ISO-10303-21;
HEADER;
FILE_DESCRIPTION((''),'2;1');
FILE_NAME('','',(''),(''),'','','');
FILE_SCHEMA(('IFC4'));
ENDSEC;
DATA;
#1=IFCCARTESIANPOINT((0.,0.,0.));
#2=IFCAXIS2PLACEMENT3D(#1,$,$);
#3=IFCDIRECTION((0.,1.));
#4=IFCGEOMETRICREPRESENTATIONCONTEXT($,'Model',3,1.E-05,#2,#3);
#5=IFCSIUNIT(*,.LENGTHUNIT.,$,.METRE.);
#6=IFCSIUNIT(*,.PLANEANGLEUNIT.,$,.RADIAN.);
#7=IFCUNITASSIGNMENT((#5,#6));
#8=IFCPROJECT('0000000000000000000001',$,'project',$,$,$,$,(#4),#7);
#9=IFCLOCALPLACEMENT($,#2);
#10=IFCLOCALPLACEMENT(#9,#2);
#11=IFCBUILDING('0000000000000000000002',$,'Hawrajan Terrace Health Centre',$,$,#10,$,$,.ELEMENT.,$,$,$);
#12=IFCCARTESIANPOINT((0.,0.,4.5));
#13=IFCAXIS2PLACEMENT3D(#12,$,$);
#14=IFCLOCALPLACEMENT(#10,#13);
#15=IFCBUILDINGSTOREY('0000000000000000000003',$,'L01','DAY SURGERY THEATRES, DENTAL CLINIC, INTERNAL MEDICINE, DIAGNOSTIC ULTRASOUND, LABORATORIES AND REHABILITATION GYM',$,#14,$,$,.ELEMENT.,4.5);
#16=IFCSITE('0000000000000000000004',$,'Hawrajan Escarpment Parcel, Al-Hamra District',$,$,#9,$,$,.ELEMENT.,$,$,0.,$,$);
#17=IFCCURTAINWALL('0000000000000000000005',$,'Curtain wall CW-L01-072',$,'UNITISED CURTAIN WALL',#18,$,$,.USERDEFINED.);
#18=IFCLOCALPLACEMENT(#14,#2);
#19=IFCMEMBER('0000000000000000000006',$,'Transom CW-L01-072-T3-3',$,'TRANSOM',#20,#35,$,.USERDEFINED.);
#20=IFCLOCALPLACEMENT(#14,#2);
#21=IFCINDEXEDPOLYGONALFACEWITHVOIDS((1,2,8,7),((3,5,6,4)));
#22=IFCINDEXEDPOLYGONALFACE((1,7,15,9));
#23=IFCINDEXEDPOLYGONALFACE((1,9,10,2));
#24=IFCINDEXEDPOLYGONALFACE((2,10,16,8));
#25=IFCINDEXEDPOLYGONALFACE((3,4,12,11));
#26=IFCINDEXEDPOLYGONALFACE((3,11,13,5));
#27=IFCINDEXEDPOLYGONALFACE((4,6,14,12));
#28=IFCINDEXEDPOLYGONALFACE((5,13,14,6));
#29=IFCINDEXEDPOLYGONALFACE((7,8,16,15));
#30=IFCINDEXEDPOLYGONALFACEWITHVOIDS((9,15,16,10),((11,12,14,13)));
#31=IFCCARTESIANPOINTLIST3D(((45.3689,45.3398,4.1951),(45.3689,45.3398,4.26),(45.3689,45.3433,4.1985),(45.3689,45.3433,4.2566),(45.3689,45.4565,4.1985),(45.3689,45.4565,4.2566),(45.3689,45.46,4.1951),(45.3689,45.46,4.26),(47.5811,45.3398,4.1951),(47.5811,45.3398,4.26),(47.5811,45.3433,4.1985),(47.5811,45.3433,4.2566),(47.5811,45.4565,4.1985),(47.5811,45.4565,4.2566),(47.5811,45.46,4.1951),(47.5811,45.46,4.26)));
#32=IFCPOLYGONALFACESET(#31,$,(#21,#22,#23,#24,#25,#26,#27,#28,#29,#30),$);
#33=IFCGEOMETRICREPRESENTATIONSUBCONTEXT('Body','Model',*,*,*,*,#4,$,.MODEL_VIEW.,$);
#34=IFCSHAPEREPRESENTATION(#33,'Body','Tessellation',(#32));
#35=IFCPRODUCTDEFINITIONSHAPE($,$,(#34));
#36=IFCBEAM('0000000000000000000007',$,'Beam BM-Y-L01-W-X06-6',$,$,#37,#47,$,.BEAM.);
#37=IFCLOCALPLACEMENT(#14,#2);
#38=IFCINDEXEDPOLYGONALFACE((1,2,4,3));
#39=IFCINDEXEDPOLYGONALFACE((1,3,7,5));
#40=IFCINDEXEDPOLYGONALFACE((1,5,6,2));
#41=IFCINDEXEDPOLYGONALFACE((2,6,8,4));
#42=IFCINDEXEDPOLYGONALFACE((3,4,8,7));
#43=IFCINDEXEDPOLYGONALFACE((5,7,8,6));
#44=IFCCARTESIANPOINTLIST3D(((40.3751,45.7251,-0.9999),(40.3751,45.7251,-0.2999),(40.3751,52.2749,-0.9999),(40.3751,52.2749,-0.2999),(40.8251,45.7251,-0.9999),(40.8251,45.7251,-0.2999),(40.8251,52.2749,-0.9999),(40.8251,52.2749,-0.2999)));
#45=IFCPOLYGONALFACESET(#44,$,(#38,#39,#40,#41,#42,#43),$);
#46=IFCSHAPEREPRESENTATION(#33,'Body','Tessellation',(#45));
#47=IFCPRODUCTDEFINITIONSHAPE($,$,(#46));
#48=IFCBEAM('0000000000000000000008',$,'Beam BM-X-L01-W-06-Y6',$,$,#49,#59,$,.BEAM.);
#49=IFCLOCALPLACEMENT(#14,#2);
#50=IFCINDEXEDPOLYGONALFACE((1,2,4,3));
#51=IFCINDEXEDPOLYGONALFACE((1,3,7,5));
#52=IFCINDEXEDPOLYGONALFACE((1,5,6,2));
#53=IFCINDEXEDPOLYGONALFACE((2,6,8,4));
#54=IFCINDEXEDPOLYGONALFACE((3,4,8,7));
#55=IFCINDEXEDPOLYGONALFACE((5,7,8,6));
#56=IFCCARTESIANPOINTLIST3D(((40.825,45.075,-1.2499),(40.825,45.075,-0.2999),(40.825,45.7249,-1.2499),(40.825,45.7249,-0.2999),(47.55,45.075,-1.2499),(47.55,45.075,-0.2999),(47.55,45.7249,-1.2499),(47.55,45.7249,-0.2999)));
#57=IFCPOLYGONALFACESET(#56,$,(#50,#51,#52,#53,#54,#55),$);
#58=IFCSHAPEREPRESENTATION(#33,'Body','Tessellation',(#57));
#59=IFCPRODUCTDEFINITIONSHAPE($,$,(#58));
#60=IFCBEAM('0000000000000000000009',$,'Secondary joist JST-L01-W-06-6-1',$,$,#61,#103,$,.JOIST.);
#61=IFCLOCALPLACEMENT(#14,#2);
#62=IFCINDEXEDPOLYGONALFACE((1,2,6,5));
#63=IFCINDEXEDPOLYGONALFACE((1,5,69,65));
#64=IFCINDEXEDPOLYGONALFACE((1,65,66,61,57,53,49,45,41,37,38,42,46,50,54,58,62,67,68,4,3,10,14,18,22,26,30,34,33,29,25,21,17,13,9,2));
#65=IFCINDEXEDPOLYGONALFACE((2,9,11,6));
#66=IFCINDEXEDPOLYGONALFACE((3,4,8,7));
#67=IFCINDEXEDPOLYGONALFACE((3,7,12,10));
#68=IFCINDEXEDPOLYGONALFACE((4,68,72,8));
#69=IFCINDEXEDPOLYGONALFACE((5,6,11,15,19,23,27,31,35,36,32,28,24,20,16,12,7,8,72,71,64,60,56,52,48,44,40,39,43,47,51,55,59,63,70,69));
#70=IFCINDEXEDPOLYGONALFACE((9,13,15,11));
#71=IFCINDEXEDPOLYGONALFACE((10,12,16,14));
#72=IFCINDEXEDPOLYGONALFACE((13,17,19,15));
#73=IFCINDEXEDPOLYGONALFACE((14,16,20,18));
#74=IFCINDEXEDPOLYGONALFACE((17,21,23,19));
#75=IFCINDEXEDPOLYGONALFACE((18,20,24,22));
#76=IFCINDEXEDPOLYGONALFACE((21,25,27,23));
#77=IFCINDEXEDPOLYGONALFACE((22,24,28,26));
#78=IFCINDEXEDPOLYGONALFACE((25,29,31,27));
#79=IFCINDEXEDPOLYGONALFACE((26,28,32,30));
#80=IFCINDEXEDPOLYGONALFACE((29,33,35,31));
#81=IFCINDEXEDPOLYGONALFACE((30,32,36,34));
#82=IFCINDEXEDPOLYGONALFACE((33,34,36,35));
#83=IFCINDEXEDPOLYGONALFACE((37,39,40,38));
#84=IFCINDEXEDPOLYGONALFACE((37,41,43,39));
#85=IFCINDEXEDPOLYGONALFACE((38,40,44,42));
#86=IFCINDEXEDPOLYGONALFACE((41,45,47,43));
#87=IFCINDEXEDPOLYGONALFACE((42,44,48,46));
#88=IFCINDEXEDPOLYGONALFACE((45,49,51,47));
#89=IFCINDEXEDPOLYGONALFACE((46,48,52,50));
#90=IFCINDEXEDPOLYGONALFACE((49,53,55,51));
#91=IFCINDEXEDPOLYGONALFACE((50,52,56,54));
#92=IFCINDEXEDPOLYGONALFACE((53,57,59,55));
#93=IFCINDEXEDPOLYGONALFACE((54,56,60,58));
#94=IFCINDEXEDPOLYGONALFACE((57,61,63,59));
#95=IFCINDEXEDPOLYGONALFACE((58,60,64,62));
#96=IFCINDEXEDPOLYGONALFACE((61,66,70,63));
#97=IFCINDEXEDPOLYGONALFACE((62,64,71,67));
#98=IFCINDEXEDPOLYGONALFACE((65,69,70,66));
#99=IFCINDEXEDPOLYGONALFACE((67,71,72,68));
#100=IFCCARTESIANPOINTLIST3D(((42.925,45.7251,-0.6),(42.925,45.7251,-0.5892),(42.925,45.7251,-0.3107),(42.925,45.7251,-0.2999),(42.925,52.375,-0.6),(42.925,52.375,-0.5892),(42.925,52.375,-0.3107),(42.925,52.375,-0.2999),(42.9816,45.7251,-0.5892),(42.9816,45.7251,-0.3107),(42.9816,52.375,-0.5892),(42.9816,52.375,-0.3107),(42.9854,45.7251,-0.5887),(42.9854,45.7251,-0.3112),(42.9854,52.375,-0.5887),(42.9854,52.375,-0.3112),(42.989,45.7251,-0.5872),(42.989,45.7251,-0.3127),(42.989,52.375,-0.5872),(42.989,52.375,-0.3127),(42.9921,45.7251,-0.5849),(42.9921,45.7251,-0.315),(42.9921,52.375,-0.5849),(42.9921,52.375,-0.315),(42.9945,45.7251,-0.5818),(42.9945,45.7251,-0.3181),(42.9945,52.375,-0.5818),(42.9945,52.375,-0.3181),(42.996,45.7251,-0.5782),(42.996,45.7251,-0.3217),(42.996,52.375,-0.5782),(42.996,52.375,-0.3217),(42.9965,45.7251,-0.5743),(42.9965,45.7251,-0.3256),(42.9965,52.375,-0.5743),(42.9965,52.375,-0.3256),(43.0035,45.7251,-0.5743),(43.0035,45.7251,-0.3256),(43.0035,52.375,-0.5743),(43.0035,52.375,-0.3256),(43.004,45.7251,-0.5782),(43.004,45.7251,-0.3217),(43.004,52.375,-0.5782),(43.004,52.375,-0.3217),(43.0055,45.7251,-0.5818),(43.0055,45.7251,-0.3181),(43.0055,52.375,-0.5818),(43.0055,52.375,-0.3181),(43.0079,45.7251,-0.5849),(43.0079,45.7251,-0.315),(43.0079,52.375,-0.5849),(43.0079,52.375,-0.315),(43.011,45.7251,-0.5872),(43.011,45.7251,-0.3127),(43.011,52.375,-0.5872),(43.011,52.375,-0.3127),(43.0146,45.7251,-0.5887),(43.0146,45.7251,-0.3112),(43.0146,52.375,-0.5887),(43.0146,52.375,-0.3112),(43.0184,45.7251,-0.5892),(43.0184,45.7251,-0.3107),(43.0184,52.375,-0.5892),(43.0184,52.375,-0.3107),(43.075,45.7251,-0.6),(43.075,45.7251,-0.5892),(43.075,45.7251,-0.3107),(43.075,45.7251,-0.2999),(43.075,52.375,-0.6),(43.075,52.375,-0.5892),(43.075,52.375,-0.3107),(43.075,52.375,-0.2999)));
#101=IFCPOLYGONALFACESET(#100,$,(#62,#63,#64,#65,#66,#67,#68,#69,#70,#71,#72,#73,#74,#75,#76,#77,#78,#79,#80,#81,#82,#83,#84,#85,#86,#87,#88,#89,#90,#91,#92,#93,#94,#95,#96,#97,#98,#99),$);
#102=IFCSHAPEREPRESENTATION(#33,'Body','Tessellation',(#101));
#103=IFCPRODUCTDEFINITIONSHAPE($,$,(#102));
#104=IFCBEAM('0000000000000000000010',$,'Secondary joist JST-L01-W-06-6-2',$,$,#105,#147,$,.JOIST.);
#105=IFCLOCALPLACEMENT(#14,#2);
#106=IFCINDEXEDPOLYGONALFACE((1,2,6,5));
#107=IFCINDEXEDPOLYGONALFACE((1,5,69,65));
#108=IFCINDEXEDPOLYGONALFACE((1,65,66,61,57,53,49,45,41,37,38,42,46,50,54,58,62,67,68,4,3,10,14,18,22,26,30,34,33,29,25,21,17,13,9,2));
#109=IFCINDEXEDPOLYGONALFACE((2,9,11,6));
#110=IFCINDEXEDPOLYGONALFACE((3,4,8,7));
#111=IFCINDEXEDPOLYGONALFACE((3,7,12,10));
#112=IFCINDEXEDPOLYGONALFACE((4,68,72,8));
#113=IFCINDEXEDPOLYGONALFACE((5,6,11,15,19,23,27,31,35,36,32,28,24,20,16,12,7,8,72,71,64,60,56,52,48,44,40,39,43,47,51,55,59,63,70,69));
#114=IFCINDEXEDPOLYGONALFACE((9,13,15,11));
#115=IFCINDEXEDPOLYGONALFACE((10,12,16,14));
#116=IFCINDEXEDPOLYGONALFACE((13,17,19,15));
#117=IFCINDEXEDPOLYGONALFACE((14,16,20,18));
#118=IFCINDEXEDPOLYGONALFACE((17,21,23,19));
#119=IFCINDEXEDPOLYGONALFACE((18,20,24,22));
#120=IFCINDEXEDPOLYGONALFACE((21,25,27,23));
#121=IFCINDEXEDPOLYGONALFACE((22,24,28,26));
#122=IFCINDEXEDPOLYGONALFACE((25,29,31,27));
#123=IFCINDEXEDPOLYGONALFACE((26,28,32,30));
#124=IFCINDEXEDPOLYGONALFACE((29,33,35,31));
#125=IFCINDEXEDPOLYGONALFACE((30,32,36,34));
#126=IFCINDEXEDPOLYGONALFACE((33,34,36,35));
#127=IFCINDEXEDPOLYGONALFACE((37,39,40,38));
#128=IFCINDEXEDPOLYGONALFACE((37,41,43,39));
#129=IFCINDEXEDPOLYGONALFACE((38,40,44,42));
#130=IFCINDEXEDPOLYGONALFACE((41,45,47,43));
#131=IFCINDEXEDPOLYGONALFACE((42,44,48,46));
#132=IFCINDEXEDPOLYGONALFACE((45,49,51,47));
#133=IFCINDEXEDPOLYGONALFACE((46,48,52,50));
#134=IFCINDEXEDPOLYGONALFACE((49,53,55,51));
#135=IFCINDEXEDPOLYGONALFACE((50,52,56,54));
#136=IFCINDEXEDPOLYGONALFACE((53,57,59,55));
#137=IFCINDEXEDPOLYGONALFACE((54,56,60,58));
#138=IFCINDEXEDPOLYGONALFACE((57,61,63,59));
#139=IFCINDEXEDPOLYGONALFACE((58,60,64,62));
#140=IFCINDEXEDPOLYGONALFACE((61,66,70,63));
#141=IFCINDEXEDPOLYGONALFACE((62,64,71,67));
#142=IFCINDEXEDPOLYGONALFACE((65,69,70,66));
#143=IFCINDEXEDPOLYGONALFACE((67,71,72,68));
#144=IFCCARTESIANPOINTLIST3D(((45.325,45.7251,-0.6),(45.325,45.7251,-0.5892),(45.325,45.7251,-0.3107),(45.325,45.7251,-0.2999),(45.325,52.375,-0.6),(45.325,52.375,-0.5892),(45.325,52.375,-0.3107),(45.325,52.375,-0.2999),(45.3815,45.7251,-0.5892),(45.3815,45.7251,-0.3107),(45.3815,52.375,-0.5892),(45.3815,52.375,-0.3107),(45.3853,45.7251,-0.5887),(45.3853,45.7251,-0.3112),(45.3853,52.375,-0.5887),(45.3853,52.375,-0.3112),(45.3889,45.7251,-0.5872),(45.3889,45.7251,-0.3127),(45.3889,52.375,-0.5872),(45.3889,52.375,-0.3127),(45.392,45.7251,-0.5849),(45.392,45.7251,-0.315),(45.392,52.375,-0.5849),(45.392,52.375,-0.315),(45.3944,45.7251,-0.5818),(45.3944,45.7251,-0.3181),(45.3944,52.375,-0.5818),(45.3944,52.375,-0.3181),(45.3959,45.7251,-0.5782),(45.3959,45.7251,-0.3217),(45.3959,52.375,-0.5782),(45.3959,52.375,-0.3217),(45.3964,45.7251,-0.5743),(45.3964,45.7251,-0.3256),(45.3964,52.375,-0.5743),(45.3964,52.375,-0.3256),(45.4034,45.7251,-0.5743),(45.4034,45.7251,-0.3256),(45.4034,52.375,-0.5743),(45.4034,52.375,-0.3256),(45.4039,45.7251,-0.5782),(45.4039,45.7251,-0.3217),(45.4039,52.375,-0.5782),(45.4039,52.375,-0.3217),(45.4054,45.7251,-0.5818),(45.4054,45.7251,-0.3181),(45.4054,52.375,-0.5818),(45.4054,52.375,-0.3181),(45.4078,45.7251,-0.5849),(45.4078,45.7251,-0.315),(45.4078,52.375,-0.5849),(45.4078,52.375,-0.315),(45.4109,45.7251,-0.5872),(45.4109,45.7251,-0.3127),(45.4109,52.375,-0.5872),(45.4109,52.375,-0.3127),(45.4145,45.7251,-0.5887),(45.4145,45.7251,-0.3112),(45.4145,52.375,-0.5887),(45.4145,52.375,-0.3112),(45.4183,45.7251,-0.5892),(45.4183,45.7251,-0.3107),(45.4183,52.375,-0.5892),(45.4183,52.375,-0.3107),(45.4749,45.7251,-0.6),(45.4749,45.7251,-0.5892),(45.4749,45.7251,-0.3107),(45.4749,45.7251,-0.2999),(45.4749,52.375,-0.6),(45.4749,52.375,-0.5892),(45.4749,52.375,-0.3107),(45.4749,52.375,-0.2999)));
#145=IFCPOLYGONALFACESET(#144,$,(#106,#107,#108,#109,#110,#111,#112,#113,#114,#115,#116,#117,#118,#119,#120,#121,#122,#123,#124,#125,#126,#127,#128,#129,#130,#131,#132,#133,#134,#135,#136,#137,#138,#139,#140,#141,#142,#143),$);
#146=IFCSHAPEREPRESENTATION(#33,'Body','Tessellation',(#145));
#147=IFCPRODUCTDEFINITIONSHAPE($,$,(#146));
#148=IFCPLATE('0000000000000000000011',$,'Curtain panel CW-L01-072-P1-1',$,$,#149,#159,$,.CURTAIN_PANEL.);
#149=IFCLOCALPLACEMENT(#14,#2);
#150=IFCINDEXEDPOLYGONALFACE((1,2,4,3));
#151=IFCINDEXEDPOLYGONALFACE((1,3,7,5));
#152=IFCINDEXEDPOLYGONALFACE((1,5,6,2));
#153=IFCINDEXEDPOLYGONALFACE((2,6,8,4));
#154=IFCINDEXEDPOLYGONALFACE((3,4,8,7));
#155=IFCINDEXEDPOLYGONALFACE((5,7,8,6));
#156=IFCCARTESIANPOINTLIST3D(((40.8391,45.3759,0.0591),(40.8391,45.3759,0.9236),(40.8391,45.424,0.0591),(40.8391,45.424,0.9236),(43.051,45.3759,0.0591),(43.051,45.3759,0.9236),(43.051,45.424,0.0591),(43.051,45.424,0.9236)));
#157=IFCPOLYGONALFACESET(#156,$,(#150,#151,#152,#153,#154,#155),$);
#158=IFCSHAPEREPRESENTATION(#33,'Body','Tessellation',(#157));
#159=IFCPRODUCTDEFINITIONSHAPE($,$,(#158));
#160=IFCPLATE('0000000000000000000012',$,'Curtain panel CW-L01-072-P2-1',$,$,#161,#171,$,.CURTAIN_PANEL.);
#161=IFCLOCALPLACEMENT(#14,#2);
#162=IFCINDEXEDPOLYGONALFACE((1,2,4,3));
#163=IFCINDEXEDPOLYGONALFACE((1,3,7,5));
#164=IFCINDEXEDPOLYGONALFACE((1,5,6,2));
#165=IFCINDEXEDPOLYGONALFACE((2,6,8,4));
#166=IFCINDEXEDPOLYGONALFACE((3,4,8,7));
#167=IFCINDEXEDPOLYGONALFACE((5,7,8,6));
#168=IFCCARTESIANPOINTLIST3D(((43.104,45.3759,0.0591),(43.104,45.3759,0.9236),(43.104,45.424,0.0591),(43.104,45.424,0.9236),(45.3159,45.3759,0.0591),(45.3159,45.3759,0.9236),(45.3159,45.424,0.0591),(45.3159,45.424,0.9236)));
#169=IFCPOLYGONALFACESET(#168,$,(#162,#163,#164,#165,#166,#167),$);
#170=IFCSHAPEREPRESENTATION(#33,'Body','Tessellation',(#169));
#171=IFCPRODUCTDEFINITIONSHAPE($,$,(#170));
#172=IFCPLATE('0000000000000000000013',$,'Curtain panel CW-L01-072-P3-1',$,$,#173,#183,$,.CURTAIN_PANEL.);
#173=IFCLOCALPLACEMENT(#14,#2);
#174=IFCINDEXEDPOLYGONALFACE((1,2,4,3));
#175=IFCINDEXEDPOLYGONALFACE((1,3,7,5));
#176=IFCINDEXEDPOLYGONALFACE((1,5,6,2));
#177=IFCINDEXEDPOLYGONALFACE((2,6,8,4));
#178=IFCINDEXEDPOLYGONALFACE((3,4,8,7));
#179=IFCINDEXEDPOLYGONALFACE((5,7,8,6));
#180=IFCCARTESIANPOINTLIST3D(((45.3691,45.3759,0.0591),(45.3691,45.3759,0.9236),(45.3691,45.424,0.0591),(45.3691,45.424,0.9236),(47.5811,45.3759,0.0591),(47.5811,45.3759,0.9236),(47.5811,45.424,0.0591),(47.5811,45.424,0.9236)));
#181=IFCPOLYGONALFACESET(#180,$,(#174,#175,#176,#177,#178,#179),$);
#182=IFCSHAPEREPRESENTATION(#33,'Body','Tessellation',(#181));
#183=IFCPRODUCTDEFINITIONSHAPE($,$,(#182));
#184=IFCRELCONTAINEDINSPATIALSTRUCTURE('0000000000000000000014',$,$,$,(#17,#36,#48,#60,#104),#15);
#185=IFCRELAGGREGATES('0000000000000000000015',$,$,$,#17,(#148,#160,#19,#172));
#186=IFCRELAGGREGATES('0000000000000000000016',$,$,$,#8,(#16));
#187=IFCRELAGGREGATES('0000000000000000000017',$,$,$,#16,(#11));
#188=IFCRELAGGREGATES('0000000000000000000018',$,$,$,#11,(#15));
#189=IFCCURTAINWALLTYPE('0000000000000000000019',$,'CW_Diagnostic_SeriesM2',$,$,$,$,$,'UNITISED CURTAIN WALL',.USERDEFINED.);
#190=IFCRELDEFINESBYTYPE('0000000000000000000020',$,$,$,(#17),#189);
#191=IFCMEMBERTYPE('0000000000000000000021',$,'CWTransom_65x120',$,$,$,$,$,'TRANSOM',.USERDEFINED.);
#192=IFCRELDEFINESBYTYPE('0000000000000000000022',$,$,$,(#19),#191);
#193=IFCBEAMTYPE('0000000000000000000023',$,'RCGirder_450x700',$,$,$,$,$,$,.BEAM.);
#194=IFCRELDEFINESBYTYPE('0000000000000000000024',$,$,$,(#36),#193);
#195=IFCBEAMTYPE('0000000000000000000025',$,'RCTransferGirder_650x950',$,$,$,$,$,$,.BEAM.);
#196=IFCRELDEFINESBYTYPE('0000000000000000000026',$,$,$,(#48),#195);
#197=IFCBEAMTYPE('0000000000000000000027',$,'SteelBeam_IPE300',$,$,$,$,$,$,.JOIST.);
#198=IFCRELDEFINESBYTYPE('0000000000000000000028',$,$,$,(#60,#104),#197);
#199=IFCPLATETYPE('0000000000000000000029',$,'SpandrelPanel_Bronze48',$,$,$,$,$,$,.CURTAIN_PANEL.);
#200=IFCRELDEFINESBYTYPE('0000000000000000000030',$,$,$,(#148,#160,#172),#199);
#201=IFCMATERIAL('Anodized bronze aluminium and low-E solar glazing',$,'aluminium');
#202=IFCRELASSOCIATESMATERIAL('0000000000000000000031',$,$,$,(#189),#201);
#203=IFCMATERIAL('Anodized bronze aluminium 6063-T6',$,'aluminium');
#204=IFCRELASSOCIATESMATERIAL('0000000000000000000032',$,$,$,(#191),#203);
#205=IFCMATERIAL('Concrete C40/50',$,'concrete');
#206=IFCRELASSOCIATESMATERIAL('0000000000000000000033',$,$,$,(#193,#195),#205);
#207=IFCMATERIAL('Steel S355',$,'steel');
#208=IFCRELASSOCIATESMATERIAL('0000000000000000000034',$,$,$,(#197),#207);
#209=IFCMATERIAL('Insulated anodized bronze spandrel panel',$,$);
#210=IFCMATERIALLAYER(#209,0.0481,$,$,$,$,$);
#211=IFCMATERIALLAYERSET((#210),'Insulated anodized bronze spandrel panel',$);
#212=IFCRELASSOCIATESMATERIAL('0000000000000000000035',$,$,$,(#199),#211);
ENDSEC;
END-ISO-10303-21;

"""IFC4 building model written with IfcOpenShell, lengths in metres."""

from ifc_helpers import new_model, si_unit, direction, frame, origin, origin_2d, place, context, subcontext, project, spatial, rectangle, hollow_rectangle, i_section, extrude, material, layer, layer_set, material_profile, profile_set, type_object, element, aggregate, save


model = new_model("IFC4")

# Units and contexts
model_context = context("Model", 3, precision=1e-05, world=origin(), true_north=direction((0.0, 1.0)))
body_context = subcontext(model_context, "Body", "Model", "MODEL_VIEW")
ifc_project = project(units=[si_unit("LENGTHUNIT", "METRE"), si_unit("PLANEANGLEUNIT", "RADIAN")], contexts=[model_context])

# Site, building, storey
site_placement = place(None, origin())
site = spatial("IfcSite", under=ifc_project, at=site_placement, Name="Hawrajan Escarpment Parcel, Al-Hamra District", CompositionType="ELEMENT", RefElevation=0.0)
building_placement = place(site_placement, origin())
building = spatial("IfcBuilding", under=site, at=building_placement, Name="Hawrajan Terrace Health Centre", CompositionType="ELEMENT")
storey_placement = place(building_placement, frame((0.0, 0.0, 4.5)))
storey = spatial("IfcBuildingStorey", under=building, at=storey_placement, Name="L01", Description="DAY SURGERY THEATRES, DENTAL CLINIC, INTERNAL MEDICINE, DIAGNOSTIC ULTRASOUND, LABORATORIES AND REHABILITATION GYM", CompositionType="ELEMENT", Elevation=4.5)

# Curtain wall, member
ifc_material_1 = material(Name="Anodized bronze aluminium and low-E solar glazing", Category="aluminium")
curtain_wall_type = type_object("IfcCurtainWallType", Name="CW_Diagnostic_SeriesM2", ElementType="UNITISED CURTAIN WALL", PredefinedType="USERDEFINED", material=ifc_material_1)
curtain_wall_placement = place(storey_placement, origin())
curtain_wall = element("IfcCurtainWall", 1, at=curtain_wall_placement, inside=storey, type_object=curtain_wall_type, Name="Curtain wall CW-L01-072", ObjectType="UNITISED CURTAIN WALL", PredefinedType="USERDEFINED")
ifc_material_2 = material(Name="Anodized bronze aluminium 6063-T6", Category="aluminium")
ifc_material_profile_1 = material_profile(ifc_material_2, hollow_rectangle(XDim=0.0649, YDim=0.1201, WallThickness=0.0034, at=origin_2d()), Name="CW TRN 65x120")
ifc_profile_set_1 = profile_set([ifc_material_profile_1], Name="Anodized bronze aluminium 6063-T6")
member_type_1 = type_object("IfcMemberType", Name="CWTransom_65x120", ElementType="TRANSOM", PredefinedType="USERDEFINED", material=ifc_profile_set_1)
member_1_placement = place(storey_placement, frame((45.3689, 45.3999, 4.2275), z_axis=(1.0, 0.0, 0.0), x_axis=(0.0, 0.0, 1.0)))
member_1 = element("IfcMember", 2, at=member_1_placement, type_object=member_type_1, Name="Transom CW-L01-072-T3-3", ObjectType="TRANSOM", PredefinedType="USERDEFINED", context=body_context, shape_type="SweptSolid", body=[
    extrude(hollow_rectangle(XDim=0.0649, YDim=0.1201, WallThickness=0.0034, at=origin_2d()), origin(), (0.0, 0.0, 1.0), 2.2122),
])

# Beams
ifc_material_3 = material(Name="Concrete C40/50", Category="concrete")
ifc_material_profile_2 = material_profile(ifc_material_3, rectangle(XDim=0.45, YDim=0.7, at=origin_2d()), Name="RC BM 450x700")
ifc_profile_set_2 = profile_set([ifc_material_profile_2], Name="Concrete C40/50")
beam_type_1 = type_object("IfcBeamType", Name="RCGirder_450x700", PredefinedType="BEAM", material=ifc_profile_set_2)
beam_1_placement = place(storey_placement, frame((40.6001, 45.7251, -0.6499), z_axis=(0.0, 1.0, 0.0), x_axis=(-1.0, 0.0, 0.0)))
element("IfcBeam", 3, at=beam_1_placement, inside=storey, type_object=beam_type_1, Name="Beam BM-Y-L01-W-X06-6", PredefinedType="BEAM", context=body_context, shape_type="SweptSolid", body=[
    extrude(rectangle(XDim=0.45, YDim=0.7, at=origin_2d()), origin(), (0.0, 0.0, 1.0), 6.5498),
])
ifc_material_profile_3 = material_profile(ifc_material_3, rectangle(XDim=0.6499, YDim=0.95, at=origin_2d()), Name="RC TG 650x950")
ifc_profile_set_3 = profile_set([ifc_material_profile_3], Name="Concrete C40/50")
beam_type_2 = type_object("IfcBeamType", Name="RCTransferGirder_650x950", PredefinedType="BEAM", material=ifc_profile_set_3)
beam_2_placement = place(storey_placement, frame((40.825, 45.3999, -0.7749), z_axis=(1.0, 0.0, 0.0), x_axis=(0.0, 1.0, 0.0)))
element("IfcBeam", 4, at=beam_2_placement, inside=storey, type_object=beam_type_2, Name="Beam BM-X-L01-W-06-Y6", PredefinedType="BEAM", context=body_context, shape_type="SweptSolid", body=[
    extrude(rectangle(XDim=0.6499, YDim=0.95, at=origin_2d()), origin(), (0.0, 0.0, 1.0), 6.7251),
])
ifc_material_4 = material(Name="Steel S355", Category="steel")
ifc_material_profile_4 = material_profile(ifc_material_4, i_section(OverallWidth=0.1499, OverallDepth=0.3, WebThickness=0.0071, FlangeThickness=0.0107, FilletRadius=0.0149, at=origin_2d()), Name="IPE 300")
ifc_profile_set_4 = profile_set([ifc_material_profile_4], Name="Steel S355")
beam_type_3 = type_object("IfcBeamType", Name="SteelBeam_IPE300", PredefinedType="JOIST", material=ifc_profile_set_4)
for number, where, z_axis, x_axis, name in (
    (5, (43.0, 45.7251, -0.45), (0.0, 1.0, 0.0), (-1.0, 0.0, 0.0), "Secondary joist JST-L01-W-06-6-1"),
    (6, (45.3999, 45.7251, -0.45), (0.0, 1.0, 0.0), (-1.0, 0.0, 0.0), "Secondary joist JST-L01-W-06-6-2"),
):
    element("IfcBeam", number, at=place(storey_placement, frame(where, z_axis=z_axis, x_axis=x_axis)), inside=storey, type_object=beam_type_3, Name=name, PredefinedType="JOIST", context=body_context, shape_type="SweptSolid", body=[
        extrude(i_section(OverallWidth=0.1499, OverallDepth=0.3, WebThickness=0.0071, FlangeThickness=0.0107, FilletRadius=0.0149, at=origin_2d()), origin(), (0.0, 0.0, 1.0), 6.6499),
    ])

# Plates
ifc_material_5 = material(Name="Insulated anodized bronze spandrel panel")
ifc_layer_1 = layer(ifc_material_5, 0.0481)
ifc_layer_set_1 = layer_set([ifc_layer_1], Name="Insulated anodized bronze spandrel panel")
plate_type_1 = type_object("IfcPlateType", Name="SpandrelPanel_Bronze48", PredefinedType="CURTAIN_PANEL", material=ifc_layer_set_1)
plate_1_placement = place(storey_placement, frame((41.9451, 45.3999, 0.0591), z_axis=(0.0, 0.0, 1.0), x_axis=(1.0, 0.0, 0.0)))
plate_1 = element("IfcPlate", 7, at=plate_1_placement, type_object=plate_type_1, Name="Curtain panel CW-L01-072-P1-1", PredefinedType="CURTAIN_PANEL", context=body_context, shape_type="SweptSolid", body=[
    extrude(rectangle(XDim=2.2119, YDim=0.0481, at=origin_2d()), origin(), (0.0, 0.0, 1.0), 0.8645),
])
plate_2_placement = place(storey_placement, frame((44.21, 45.3999, 0.0591), z_axis=(0.0, 0.0, 1.0), x_axis=(1.0, 0.0, 0.0)))
plate_2 = element("IfcPlate", 8, at=plate_2_placement, type_object=plate_type_1, Name="Curtain panel CW-L01-072-P2-1", PredefinedType="CURTAIN_PANEL", context=body_context, shape_type="SweptSolid", body=[
    extrude(rectangle(XDim=2.2119, YDim=0.0481, at=origin_2d()), origin(), (0.0, 0.0, 1.0), 0.8645),
])
plate_3_placement = place(storey_placement, frame((46.4751, 45.3999, 0.0591), z_axis=(0.0, 0.0, 1.0), x_axis=(1.0, 0.0, 0.0)))
plate_3 = element("IfcPlate", 9, at=plate_3_placement, type_object=plate_type_1, Name="Curtain panel CW-L01-072-P3-1", PredefinedType="CURTAIN_PANEL", context=body_context, shape_type="SweptSolid", body=[
    extrude(rectangle(XDim=2.2119, YDim=0.0481, at=origin_2d()), origin(), (0.0, 0.0, 1.0), 0.8645),
])
aggregate(curtain_wall, [plate_1, plate_2, member_1, plate_3])

save(model, "model.ifc")
